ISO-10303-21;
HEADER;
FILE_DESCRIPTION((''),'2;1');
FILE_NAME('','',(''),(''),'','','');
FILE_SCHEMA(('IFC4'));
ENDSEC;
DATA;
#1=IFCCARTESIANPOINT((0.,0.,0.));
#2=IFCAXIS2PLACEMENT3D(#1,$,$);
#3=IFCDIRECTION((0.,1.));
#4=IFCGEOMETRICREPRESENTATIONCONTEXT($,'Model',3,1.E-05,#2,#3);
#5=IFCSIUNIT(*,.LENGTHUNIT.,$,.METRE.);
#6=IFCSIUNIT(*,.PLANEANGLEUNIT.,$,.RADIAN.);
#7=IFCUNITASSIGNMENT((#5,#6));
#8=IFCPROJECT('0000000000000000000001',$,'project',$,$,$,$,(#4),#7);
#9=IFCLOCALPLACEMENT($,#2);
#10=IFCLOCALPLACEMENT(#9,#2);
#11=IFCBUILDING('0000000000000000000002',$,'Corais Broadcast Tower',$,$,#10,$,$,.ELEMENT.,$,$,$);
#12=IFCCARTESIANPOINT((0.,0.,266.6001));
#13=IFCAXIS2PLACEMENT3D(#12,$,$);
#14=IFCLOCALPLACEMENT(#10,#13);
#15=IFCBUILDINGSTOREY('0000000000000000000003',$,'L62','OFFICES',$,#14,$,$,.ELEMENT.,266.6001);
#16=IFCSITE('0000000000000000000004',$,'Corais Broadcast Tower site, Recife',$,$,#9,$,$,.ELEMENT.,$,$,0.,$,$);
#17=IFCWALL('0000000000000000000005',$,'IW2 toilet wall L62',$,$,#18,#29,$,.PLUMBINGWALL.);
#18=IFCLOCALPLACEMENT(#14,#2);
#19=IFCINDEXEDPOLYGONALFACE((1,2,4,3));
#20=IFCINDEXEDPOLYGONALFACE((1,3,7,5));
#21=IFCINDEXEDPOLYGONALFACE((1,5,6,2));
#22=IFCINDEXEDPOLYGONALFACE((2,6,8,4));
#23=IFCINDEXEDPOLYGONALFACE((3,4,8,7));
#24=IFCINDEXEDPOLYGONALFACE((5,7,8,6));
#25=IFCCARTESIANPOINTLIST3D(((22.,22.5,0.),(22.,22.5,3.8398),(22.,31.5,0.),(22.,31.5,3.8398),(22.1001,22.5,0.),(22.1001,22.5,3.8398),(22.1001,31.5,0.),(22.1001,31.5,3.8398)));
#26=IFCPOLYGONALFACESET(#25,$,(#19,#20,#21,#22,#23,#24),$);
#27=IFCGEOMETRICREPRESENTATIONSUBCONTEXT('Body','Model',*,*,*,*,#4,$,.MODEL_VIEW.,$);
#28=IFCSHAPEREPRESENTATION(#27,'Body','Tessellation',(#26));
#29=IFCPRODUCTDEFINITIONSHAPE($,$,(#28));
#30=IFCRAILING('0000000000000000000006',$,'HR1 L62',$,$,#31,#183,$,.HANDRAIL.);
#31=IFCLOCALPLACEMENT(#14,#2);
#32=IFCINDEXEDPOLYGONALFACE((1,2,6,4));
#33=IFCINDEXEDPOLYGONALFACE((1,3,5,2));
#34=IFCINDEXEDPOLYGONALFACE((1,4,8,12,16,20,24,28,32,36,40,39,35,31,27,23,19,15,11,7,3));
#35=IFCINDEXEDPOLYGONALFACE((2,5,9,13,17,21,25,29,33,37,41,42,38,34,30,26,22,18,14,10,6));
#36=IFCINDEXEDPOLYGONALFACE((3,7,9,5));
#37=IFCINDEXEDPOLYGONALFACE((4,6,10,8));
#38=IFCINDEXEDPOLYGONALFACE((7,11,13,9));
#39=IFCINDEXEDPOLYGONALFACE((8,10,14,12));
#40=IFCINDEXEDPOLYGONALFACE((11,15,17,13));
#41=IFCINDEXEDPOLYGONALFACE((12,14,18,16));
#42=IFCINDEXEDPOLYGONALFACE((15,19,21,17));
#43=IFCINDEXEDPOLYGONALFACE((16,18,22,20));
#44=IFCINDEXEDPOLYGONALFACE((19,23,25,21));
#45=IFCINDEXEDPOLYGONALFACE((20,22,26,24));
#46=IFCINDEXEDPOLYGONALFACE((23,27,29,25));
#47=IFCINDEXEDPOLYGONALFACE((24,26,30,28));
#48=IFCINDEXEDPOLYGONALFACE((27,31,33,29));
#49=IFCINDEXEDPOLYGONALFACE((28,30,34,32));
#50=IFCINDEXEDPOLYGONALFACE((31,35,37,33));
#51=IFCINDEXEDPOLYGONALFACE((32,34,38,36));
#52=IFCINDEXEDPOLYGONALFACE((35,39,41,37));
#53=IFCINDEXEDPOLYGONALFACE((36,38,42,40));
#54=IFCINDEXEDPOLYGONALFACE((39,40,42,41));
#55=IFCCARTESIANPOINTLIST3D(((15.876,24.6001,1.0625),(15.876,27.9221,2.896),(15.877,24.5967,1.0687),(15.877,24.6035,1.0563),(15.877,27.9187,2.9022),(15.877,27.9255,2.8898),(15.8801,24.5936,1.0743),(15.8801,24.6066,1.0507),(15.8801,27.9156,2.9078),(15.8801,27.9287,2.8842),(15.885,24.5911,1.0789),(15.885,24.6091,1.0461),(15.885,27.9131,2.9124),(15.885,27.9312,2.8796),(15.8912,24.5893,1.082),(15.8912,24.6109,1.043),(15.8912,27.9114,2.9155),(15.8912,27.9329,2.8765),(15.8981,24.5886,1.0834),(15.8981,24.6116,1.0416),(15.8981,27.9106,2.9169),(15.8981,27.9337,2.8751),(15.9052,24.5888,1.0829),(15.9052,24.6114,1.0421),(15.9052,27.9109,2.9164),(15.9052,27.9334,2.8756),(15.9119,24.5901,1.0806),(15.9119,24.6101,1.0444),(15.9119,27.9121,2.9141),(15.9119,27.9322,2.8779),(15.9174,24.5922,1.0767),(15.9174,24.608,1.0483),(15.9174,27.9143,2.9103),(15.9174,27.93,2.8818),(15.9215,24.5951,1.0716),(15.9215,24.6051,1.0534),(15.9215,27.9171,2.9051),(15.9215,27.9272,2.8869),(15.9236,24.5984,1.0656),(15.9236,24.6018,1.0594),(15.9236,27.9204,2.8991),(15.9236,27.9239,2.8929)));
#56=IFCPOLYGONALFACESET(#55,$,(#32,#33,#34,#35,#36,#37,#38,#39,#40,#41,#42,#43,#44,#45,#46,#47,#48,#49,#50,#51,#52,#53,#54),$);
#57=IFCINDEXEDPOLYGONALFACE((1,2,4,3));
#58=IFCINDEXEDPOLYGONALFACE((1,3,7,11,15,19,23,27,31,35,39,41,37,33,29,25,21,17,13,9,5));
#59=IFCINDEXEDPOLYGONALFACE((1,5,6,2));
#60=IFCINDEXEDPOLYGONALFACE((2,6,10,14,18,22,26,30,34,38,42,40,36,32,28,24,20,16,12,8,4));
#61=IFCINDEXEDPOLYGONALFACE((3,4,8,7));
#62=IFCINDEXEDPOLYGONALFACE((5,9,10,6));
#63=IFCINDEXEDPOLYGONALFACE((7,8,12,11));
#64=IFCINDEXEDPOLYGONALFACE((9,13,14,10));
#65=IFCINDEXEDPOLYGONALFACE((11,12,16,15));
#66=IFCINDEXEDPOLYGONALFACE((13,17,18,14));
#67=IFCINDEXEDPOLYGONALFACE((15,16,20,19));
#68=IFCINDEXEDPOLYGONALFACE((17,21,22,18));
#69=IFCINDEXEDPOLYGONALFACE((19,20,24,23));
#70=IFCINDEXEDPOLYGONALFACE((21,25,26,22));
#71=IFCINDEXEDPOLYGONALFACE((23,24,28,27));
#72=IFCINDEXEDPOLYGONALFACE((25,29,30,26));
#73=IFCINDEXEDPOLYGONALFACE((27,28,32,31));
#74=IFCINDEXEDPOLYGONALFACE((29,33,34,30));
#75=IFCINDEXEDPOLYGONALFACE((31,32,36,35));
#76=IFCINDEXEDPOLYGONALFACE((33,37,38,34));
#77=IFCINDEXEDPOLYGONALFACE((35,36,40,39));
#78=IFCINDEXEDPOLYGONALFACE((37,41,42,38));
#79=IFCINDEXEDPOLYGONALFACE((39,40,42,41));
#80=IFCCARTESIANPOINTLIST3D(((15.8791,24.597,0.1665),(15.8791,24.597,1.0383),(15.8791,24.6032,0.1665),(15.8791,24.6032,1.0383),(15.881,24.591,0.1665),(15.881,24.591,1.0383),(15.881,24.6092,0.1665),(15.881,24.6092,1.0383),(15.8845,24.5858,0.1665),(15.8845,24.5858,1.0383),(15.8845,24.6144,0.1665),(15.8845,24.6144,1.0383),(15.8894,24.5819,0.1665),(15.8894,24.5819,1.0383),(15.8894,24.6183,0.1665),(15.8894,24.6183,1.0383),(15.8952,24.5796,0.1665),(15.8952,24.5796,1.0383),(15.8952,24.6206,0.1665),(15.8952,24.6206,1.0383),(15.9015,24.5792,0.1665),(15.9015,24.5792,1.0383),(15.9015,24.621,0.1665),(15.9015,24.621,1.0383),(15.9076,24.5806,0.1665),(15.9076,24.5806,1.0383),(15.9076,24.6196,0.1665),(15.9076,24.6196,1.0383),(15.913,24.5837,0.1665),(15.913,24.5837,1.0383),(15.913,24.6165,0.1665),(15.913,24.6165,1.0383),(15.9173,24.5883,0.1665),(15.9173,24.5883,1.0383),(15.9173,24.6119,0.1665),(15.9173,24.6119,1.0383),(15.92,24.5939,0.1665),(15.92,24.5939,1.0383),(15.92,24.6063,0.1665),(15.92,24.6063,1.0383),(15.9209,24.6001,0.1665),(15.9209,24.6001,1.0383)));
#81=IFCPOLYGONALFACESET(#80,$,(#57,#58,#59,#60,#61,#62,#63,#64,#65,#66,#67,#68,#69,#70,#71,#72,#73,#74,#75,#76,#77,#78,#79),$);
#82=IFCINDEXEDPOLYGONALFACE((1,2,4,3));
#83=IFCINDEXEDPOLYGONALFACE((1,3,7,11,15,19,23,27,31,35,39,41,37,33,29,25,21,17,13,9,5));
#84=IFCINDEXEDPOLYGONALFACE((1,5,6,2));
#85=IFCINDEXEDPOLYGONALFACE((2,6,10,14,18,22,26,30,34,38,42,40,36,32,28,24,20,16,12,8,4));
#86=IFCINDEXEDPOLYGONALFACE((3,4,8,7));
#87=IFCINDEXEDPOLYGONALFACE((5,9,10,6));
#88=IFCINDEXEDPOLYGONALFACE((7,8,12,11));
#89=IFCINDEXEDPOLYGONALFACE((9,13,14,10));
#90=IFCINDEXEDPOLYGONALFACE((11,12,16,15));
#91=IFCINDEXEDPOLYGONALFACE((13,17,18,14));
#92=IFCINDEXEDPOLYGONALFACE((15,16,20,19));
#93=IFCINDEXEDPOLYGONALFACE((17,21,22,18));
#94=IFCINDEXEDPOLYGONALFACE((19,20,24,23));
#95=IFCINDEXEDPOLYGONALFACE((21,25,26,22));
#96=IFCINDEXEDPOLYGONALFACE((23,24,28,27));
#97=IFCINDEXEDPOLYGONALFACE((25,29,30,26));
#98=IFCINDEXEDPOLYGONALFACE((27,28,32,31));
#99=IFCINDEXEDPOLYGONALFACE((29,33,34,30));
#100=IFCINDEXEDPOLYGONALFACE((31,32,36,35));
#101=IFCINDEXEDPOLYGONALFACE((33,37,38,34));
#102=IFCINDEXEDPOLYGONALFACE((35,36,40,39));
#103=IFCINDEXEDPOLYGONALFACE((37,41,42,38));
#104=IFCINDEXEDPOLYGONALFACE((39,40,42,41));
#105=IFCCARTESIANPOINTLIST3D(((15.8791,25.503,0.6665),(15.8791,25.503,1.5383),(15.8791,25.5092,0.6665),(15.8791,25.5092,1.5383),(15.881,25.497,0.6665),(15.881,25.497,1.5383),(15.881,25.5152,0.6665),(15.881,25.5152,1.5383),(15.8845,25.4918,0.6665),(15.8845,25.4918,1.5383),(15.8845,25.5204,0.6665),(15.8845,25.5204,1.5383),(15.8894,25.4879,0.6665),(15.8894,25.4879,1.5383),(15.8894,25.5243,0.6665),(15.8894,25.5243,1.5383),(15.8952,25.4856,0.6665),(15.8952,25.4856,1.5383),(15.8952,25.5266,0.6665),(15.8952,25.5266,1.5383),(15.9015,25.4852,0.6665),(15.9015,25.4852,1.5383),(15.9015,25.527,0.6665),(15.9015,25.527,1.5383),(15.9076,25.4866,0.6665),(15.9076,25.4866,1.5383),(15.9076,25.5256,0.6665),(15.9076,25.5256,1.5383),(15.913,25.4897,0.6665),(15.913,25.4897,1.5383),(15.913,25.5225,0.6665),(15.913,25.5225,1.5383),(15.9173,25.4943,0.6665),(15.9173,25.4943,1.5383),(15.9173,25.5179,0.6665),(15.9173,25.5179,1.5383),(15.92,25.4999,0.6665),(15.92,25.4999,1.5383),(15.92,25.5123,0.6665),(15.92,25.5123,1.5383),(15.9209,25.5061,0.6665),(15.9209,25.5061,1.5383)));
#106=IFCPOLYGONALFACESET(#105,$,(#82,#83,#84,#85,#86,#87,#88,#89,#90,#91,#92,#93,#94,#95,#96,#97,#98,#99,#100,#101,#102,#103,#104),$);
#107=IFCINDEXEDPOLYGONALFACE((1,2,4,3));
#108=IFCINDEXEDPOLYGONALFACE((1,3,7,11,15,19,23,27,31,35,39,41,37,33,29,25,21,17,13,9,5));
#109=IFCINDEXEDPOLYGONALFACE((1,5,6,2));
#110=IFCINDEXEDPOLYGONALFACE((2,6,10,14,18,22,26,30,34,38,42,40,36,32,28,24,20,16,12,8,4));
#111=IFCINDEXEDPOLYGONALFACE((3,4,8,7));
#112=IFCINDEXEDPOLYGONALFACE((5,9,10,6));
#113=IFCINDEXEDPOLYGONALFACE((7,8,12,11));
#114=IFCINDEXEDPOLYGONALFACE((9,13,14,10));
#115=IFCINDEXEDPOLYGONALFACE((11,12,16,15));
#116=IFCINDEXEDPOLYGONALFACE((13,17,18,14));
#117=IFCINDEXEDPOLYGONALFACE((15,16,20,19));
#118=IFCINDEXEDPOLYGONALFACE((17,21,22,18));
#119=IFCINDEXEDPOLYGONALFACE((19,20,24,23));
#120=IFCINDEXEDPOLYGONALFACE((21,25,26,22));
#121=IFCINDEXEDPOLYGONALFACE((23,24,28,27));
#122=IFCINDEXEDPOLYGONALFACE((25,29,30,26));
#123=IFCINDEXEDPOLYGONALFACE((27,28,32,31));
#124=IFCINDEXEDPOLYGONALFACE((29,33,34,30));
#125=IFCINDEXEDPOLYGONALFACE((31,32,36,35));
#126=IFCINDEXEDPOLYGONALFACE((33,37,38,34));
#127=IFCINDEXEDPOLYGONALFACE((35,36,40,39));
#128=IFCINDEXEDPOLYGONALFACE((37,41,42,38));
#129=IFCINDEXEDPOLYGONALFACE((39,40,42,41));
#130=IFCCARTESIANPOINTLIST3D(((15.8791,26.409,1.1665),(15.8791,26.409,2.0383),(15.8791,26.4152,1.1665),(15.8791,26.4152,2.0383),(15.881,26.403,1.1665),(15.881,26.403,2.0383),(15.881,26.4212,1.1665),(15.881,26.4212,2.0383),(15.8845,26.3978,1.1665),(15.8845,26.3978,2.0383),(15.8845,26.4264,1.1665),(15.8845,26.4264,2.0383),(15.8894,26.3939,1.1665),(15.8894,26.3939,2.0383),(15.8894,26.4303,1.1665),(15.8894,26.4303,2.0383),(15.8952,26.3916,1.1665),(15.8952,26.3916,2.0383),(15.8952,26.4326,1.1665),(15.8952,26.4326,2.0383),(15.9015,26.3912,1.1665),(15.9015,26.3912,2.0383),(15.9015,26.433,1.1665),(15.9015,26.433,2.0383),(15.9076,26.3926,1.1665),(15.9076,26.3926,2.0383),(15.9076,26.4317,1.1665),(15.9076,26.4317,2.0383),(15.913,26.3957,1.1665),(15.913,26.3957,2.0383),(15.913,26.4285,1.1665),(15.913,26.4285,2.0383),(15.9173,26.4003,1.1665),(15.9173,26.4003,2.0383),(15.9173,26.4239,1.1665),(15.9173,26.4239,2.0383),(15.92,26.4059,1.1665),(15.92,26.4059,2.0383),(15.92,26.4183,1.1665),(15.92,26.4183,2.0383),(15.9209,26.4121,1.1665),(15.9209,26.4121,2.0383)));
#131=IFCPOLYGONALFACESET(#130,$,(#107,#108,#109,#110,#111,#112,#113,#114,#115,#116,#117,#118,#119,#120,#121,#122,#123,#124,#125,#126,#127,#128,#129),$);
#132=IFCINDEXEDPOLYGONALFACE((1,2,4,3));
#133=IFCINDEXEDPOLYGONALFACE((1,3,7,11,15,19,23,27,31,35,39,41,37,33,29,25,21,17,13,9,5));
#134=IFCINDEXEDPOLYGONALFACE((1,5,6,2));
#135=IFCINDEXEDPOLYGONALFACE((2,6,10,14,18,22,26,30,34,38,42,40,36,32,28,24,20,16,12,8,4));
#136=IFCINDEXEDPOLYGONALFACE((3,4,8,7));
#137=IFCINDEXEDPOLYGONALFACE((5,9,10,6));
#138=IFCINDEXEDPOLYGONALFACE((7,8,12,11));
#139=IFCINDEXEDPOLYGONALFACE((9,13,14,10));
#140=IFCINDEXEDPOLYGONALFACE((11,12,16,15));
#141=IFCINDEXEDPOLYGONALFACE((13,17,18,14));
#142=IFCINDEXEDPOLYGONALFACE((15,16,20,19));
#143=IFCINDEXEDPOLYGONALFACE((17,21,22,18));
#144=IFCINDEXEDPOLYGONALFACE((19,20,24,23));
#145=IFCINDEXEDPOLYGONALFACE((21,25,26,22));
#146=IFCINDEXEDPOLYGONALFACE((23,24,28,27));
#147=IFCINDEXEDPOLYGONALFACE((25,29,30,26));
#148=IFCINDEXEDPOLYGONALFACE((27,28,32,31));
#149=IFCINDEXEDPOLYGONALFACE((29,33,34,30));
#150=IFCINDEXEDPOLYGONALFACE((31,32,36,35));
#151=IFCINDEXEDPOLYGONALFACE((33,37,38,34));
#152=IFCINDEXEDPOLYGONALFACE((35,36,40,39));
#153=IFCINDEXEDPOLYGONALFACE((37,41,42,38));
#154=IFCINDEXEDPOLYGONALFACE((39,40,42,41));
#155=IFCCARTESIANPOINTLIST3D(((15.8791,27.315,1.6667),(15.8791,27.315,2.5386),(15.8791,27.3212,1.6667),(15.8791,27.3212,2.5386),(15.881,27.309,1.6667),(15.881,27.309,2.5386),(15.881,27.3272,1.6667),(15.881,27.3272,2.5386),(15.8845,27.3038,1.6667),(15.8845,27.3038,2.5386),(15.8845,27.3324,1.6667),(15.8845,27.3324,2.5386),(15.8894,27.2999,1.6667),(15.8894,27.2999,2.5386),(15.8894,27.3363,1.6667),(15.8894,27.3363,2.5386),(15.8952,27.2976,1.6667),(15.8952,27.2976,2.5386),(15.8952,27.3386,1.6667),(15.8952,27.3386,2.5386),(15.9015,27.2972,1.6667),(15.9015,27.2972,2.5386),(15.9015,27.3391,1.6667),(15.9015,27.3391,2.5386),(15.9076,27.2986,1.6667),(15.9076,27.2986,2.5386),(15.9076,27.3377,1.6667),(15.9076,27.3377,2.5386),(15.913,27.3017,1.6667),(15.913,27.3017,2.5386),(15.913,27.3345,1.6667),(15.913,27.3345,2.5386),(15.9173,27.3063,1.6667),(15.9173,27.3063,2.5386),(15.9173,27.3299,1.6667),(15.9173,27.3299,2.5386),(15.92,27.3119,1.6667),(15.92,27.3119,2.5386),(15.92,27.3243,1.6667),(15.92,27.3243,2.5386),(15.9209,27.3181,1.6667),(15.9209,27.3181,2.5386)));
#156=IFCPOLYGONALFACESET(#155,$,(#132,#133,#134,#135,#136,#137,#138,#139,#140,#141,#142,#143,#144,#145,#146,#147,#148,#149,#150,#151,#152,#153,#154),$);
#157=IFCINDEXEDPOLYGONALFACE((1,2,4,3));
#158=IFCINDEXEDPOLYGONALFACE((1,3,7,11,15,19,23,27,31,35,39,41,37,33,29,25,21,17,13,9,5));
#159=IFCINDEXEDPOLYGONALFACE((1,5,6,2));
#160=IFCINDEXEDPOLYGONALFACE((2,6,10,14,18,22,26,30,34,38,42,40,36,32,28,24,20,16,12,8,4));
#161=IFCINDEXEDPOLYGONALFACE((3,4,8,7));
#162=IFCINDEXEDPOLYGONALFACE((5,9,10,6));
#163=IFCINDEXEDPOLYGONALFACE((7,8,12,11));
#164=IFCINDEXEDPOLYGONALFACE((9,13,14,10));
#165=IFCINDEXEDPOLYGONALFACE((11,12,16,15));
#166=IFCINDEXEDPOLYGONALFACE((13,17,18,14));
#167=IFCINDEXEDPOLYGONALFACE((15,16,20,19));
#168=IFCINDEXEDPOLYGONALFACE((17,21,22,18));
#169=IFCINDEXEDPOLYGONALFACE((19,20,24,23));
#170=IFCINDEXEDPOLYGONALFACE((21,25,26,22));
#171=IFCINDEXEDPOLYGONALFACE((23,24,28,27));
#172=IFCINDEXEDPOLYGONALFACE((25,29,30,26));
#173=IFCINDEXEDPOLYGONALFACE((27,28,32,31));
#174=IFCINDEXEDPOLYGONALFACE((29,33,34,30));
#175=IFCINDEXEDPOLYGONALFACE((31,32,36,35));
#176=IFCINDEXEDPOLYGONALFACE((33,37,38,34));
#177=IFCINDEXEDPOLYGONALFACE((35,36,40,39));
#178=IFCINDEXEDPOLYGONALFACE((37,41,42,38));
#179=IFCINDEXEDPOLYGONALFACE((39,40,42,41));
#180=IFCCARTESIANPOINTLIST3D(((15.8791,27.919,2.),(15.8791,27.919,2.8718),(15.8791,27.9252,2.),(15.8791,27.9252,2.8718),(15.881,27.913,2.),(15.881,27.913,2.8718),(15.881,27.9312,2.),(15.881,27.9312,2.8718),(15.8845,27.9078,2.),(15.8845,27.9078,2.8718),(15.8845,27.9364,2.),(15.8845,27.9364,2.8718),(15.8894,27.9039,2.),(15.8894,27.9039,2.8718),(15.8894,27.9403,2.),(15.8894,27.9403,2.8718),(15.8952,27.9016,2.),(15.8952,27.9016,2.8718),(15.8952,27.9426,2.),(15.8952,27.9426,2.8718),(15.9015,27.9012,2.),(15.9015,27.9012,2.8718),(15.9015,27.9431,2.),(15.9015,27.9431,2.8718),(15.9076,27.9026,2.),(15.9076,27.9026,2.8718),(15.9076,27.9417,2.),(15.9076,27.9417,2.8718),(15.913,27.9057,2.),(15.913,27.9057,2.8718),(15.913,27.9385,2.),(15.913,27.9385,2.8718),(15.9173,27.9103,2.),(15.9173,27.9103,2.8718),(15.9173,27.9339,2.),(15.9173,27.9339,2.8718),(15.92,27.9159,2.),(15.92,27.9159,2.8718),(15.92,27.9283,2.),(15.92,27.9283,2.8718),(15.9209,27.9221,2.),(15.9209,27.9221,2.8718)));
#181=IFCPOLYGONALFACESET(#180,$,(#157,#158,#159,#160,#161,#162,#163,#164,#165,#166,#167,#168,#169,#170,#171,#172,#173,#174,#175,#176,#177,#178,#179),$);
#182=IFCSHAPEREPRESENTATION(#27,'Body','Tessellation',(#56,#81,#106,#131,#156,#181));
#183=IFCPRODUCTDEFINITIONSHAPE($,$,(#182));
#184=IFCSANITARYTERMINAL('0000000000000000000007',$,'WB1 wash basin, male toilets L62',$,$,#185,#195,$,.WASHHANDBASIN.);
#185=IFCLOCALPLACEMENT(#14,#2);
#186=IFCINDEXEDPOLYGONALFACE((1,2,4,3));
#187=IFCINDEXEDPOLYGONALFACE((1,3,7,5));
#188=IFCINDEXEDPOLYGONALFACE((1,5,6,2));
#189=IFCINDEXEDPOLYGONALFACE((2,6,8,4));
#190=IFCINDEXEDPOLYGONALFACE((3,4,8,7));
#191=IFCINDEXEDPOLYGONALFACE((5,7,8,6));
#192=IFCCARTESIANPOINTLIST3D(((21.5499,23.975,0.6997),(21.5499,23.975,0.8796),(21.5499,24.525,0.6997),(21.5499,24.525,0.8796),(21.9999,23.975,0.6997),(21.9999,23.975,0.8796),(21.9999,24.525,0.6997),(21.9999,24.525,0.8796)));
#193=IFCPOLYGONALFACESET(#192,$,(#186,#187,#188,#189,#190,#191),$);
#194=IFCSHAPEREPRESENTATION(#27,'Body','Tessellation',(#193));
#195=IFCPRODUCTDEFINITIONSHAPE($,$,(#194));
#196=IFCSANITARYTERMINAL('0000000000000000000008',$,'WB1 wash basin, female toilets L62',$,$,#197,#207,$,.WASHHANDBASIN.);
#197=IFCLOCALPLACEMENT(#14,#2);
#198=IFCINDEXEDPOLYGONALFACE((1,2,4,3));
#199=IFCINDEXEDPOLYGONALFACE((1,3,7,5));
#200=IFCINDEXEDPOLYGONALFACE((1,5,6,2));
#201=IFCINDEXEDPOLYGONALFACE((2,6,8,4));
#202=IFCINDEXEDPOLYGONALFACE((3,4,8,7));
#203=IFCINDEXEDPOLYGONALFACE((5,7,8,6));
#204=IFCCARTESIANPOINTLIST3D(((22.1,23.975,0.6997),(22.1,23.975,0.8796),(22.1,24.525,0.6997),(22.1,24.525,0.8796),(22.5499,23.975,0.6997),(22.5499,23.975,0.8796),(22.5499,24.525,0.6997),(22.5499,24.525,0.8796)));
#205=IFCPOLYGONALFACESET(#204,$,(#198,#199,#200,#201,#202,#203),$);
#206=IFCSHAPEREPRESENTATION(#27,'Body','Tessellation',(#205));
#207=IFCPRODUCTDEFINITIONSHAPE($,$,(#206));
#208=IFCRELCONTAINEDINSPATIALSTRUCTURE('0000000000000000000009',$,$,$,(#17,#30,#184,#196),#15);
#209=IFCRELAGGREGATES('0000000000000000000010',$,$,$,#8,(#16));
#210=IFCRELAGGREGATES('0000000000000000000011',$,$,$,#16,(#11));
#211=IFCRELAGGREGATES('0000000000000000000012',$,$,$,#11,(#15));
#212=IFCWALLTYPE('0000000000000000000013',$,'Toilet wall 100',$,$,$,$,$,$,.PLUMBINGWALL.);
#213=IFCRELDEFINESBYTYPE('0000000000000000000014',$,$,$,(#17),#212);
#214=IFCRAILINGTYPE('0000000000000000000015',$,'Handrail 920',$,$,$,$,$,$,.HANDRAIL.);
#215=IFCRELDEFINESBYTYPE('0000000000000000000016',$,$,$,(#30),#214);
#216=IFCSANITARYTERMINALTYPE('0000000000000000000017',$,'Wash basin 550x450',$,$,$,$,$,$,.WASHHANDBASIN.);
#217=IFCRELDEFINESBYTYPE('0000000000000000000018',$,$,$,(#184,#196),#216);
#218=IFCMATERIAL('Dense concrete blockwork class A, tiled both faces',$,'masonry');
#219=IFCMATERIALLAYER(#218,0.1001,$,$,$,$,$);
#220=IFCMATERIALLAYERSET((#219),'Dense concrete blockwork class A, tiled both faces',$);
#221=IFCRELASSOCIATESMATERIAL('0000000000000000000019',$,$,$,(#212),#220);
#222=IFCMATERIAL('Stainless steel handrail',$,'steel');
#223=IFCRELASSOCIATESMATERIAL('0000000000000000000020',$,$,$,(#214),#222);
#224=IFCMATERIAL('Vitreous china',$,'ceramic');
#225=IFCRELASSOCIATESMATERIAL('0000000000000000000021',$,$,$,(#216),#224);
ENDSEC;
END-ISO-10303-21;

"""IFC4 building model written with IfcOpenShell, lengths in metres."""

from ifc_helpers import new_model, si_unit, direction, frame, frame_2d, origin, origin_2d, place, context, subcontext, project, spatial, rectangle, circle, extrude, material, layer, layer_set, type_object, element, save


model = new_model("IFC4")

# Units and contexts
model_context = context("Model", 3, precision=1e-05, world=origin(), true_north=direction((0.0, 1.0)))
body_context = subcontext(model_context, "Body", "Model", "MODEL_VIEW")
ifc_project = project(units=[si_unit("LENGTHUNIT", "METRE"), si_unit("PLANEANGLEUNIT", "RADIAN")], contexts=[model_context])

# Site, building, storey
site_placement = place(None, origin())
site = spatial("IfcSite", under=ifc_project, at=site_placement, Name="Corais Broadcast Tower site, Recife", CompositionType="ELEMENT", RefElevation=0.0)
building_placement = place(site_placement, origin())
building = spatial("IfcBuilding", under=site, at=building_placement, Name="Corais Broadcast Tower", CompositionType="ELEMENT")
storey_placement = place(building_placement, frame((0.0, 0.0, 266.6001)))
storey = spatial("IfcBuildingStorey", under=building, at=storey_placement, Name="L62", Description="OFFICES", CompositionType="ELEMENT", Elevation=266.6001)

# Wall
ifc_material_1 = material(Name="Dense concrete blockwork class A, tiled both faces", Category="masonry")
ifc_layer_1 = layer(ifc_material_1, 0.1001)
ifc_layer_set_1 = layer_set([ifc_layer_1], Name="Dense concrete blockwork class A, tiled both faces")
wall_type_1 = type_object("IfcWallType", Name="Toilet wall 100", PredefinedType="PLUMBINGWALL", material=ifc_layer_set_1)
wall_1_placement = place(storey_placement, frame((22.05, 22.5, 0.0), z_axis=(0.0, 0.0, 1.0), x_axis=(0.0, 1.0, 0.0)))
element("IfcWall", 1, at=wall_1_placement, inside=storey, type_object=wall_type_1, Name="IW2 toilet wall L62", PredefinedType="PLUMBINGWALL", context=body_context, shape_type="SweptSolid", body=[
    extrude(rectangle(XDim=9.0, YDim=0.1001, at=frame_2d((4.5, 0.0))), origin(), (0.0, 0.0, 1.0), 3.8398),
])

# Railing
ifc_material_2 = material(Name="Stainless steel handrail", Category="steel")
railing_type = type_object("IfcRailingType", Name="Handrail 920", PredefinedType="HANDRAIL", material=ifc_material_2)
railing_placement = place(storey_placement, frame((15.8999, 24.6001, 0.1665)))
element("IfcRailing", 2, at=railing_placement, inside=storey, type_object=railing_type, Name="HR1 L62", PredefinedType="HANDRAIL", context=body_context, shape_type="SweptSolid", body=[
    extrude(circle(Radius=0.0239, at=origin_2d()), frame((0.0, 0.0, 0.896), z_axis=(0.0, 0.875504, 0.48321), x_axis=(-1.0, 0.0, 0.0)), (0.0, 0.0, 1.0), 3.7944),
    extrude(circle(Radius=0.021, at=origin_2d()), origin(), (0.0, 0.0, 1.0), 0.8718),
    extrude(circle(Radius=0.021, at=origin_2d()), frame((0.0, 0.906, 0.5)), (0.0, 0.0, 1.0), 0.8718),
    extrude(circle(Radius=0.021, at=origin_2d()), frame((0.0, 1.812, 1.0)), (0.0, 0.0, 1.0), 0.8718),
    extrude(circle(Radius=0.021, at=origin_2d()), frame((0.0, 2.718, 1.5002)), (0.0, 0.0, 1.0), 0.8718),
    extrude(circle(Radius=0.021, at=origin_2d()), frame((0.0, 3.322, 1.8335)), (0.0, 0.0, 1.0), 0.8718),
])

# Sanitary terminals
ifc_material_3 = material(Name="Vitreous china", Category="ceramic")
sanitary_terminal_type = type_object("IfcSanitaryTerminalType", Name="Wash basin 550x450", PredefinedType="WASHHANDBASIN", material=ifc_material_3)
for number, where, z_axis, x_axis, name in (
    (3, (21.7749, 24.25, 0.6997), (0.0, 0.0, 1.0), (1.0, 0.0, 0.0), "WB1 wash basin, male toilets L62"),
    (4, (22.325, 24.25, 0.6997), (0.0, 0.0, 1.0), (1.0, 0.0, 0.0), "WB1 wash basin, female toilets L62"),
):
    element("IfcSanitaryTerminal", number, at=place(storey_placement, frame(where, z_axis=z_axis, x_axis=x_axis)), inside=storey, type_object=sanitary_terminal_type, Name=name, PredefinedType="WASHHANDBASIN", context=body_context, shape_type="SweptSolid", body=[
        extrude(rectangle(XDim=0.45, YDim=0.55, at=origin_2d()), origin(), (0.0, 0.0, 1.0), 0.1799),
    ])

save(model, "model.ifc")
